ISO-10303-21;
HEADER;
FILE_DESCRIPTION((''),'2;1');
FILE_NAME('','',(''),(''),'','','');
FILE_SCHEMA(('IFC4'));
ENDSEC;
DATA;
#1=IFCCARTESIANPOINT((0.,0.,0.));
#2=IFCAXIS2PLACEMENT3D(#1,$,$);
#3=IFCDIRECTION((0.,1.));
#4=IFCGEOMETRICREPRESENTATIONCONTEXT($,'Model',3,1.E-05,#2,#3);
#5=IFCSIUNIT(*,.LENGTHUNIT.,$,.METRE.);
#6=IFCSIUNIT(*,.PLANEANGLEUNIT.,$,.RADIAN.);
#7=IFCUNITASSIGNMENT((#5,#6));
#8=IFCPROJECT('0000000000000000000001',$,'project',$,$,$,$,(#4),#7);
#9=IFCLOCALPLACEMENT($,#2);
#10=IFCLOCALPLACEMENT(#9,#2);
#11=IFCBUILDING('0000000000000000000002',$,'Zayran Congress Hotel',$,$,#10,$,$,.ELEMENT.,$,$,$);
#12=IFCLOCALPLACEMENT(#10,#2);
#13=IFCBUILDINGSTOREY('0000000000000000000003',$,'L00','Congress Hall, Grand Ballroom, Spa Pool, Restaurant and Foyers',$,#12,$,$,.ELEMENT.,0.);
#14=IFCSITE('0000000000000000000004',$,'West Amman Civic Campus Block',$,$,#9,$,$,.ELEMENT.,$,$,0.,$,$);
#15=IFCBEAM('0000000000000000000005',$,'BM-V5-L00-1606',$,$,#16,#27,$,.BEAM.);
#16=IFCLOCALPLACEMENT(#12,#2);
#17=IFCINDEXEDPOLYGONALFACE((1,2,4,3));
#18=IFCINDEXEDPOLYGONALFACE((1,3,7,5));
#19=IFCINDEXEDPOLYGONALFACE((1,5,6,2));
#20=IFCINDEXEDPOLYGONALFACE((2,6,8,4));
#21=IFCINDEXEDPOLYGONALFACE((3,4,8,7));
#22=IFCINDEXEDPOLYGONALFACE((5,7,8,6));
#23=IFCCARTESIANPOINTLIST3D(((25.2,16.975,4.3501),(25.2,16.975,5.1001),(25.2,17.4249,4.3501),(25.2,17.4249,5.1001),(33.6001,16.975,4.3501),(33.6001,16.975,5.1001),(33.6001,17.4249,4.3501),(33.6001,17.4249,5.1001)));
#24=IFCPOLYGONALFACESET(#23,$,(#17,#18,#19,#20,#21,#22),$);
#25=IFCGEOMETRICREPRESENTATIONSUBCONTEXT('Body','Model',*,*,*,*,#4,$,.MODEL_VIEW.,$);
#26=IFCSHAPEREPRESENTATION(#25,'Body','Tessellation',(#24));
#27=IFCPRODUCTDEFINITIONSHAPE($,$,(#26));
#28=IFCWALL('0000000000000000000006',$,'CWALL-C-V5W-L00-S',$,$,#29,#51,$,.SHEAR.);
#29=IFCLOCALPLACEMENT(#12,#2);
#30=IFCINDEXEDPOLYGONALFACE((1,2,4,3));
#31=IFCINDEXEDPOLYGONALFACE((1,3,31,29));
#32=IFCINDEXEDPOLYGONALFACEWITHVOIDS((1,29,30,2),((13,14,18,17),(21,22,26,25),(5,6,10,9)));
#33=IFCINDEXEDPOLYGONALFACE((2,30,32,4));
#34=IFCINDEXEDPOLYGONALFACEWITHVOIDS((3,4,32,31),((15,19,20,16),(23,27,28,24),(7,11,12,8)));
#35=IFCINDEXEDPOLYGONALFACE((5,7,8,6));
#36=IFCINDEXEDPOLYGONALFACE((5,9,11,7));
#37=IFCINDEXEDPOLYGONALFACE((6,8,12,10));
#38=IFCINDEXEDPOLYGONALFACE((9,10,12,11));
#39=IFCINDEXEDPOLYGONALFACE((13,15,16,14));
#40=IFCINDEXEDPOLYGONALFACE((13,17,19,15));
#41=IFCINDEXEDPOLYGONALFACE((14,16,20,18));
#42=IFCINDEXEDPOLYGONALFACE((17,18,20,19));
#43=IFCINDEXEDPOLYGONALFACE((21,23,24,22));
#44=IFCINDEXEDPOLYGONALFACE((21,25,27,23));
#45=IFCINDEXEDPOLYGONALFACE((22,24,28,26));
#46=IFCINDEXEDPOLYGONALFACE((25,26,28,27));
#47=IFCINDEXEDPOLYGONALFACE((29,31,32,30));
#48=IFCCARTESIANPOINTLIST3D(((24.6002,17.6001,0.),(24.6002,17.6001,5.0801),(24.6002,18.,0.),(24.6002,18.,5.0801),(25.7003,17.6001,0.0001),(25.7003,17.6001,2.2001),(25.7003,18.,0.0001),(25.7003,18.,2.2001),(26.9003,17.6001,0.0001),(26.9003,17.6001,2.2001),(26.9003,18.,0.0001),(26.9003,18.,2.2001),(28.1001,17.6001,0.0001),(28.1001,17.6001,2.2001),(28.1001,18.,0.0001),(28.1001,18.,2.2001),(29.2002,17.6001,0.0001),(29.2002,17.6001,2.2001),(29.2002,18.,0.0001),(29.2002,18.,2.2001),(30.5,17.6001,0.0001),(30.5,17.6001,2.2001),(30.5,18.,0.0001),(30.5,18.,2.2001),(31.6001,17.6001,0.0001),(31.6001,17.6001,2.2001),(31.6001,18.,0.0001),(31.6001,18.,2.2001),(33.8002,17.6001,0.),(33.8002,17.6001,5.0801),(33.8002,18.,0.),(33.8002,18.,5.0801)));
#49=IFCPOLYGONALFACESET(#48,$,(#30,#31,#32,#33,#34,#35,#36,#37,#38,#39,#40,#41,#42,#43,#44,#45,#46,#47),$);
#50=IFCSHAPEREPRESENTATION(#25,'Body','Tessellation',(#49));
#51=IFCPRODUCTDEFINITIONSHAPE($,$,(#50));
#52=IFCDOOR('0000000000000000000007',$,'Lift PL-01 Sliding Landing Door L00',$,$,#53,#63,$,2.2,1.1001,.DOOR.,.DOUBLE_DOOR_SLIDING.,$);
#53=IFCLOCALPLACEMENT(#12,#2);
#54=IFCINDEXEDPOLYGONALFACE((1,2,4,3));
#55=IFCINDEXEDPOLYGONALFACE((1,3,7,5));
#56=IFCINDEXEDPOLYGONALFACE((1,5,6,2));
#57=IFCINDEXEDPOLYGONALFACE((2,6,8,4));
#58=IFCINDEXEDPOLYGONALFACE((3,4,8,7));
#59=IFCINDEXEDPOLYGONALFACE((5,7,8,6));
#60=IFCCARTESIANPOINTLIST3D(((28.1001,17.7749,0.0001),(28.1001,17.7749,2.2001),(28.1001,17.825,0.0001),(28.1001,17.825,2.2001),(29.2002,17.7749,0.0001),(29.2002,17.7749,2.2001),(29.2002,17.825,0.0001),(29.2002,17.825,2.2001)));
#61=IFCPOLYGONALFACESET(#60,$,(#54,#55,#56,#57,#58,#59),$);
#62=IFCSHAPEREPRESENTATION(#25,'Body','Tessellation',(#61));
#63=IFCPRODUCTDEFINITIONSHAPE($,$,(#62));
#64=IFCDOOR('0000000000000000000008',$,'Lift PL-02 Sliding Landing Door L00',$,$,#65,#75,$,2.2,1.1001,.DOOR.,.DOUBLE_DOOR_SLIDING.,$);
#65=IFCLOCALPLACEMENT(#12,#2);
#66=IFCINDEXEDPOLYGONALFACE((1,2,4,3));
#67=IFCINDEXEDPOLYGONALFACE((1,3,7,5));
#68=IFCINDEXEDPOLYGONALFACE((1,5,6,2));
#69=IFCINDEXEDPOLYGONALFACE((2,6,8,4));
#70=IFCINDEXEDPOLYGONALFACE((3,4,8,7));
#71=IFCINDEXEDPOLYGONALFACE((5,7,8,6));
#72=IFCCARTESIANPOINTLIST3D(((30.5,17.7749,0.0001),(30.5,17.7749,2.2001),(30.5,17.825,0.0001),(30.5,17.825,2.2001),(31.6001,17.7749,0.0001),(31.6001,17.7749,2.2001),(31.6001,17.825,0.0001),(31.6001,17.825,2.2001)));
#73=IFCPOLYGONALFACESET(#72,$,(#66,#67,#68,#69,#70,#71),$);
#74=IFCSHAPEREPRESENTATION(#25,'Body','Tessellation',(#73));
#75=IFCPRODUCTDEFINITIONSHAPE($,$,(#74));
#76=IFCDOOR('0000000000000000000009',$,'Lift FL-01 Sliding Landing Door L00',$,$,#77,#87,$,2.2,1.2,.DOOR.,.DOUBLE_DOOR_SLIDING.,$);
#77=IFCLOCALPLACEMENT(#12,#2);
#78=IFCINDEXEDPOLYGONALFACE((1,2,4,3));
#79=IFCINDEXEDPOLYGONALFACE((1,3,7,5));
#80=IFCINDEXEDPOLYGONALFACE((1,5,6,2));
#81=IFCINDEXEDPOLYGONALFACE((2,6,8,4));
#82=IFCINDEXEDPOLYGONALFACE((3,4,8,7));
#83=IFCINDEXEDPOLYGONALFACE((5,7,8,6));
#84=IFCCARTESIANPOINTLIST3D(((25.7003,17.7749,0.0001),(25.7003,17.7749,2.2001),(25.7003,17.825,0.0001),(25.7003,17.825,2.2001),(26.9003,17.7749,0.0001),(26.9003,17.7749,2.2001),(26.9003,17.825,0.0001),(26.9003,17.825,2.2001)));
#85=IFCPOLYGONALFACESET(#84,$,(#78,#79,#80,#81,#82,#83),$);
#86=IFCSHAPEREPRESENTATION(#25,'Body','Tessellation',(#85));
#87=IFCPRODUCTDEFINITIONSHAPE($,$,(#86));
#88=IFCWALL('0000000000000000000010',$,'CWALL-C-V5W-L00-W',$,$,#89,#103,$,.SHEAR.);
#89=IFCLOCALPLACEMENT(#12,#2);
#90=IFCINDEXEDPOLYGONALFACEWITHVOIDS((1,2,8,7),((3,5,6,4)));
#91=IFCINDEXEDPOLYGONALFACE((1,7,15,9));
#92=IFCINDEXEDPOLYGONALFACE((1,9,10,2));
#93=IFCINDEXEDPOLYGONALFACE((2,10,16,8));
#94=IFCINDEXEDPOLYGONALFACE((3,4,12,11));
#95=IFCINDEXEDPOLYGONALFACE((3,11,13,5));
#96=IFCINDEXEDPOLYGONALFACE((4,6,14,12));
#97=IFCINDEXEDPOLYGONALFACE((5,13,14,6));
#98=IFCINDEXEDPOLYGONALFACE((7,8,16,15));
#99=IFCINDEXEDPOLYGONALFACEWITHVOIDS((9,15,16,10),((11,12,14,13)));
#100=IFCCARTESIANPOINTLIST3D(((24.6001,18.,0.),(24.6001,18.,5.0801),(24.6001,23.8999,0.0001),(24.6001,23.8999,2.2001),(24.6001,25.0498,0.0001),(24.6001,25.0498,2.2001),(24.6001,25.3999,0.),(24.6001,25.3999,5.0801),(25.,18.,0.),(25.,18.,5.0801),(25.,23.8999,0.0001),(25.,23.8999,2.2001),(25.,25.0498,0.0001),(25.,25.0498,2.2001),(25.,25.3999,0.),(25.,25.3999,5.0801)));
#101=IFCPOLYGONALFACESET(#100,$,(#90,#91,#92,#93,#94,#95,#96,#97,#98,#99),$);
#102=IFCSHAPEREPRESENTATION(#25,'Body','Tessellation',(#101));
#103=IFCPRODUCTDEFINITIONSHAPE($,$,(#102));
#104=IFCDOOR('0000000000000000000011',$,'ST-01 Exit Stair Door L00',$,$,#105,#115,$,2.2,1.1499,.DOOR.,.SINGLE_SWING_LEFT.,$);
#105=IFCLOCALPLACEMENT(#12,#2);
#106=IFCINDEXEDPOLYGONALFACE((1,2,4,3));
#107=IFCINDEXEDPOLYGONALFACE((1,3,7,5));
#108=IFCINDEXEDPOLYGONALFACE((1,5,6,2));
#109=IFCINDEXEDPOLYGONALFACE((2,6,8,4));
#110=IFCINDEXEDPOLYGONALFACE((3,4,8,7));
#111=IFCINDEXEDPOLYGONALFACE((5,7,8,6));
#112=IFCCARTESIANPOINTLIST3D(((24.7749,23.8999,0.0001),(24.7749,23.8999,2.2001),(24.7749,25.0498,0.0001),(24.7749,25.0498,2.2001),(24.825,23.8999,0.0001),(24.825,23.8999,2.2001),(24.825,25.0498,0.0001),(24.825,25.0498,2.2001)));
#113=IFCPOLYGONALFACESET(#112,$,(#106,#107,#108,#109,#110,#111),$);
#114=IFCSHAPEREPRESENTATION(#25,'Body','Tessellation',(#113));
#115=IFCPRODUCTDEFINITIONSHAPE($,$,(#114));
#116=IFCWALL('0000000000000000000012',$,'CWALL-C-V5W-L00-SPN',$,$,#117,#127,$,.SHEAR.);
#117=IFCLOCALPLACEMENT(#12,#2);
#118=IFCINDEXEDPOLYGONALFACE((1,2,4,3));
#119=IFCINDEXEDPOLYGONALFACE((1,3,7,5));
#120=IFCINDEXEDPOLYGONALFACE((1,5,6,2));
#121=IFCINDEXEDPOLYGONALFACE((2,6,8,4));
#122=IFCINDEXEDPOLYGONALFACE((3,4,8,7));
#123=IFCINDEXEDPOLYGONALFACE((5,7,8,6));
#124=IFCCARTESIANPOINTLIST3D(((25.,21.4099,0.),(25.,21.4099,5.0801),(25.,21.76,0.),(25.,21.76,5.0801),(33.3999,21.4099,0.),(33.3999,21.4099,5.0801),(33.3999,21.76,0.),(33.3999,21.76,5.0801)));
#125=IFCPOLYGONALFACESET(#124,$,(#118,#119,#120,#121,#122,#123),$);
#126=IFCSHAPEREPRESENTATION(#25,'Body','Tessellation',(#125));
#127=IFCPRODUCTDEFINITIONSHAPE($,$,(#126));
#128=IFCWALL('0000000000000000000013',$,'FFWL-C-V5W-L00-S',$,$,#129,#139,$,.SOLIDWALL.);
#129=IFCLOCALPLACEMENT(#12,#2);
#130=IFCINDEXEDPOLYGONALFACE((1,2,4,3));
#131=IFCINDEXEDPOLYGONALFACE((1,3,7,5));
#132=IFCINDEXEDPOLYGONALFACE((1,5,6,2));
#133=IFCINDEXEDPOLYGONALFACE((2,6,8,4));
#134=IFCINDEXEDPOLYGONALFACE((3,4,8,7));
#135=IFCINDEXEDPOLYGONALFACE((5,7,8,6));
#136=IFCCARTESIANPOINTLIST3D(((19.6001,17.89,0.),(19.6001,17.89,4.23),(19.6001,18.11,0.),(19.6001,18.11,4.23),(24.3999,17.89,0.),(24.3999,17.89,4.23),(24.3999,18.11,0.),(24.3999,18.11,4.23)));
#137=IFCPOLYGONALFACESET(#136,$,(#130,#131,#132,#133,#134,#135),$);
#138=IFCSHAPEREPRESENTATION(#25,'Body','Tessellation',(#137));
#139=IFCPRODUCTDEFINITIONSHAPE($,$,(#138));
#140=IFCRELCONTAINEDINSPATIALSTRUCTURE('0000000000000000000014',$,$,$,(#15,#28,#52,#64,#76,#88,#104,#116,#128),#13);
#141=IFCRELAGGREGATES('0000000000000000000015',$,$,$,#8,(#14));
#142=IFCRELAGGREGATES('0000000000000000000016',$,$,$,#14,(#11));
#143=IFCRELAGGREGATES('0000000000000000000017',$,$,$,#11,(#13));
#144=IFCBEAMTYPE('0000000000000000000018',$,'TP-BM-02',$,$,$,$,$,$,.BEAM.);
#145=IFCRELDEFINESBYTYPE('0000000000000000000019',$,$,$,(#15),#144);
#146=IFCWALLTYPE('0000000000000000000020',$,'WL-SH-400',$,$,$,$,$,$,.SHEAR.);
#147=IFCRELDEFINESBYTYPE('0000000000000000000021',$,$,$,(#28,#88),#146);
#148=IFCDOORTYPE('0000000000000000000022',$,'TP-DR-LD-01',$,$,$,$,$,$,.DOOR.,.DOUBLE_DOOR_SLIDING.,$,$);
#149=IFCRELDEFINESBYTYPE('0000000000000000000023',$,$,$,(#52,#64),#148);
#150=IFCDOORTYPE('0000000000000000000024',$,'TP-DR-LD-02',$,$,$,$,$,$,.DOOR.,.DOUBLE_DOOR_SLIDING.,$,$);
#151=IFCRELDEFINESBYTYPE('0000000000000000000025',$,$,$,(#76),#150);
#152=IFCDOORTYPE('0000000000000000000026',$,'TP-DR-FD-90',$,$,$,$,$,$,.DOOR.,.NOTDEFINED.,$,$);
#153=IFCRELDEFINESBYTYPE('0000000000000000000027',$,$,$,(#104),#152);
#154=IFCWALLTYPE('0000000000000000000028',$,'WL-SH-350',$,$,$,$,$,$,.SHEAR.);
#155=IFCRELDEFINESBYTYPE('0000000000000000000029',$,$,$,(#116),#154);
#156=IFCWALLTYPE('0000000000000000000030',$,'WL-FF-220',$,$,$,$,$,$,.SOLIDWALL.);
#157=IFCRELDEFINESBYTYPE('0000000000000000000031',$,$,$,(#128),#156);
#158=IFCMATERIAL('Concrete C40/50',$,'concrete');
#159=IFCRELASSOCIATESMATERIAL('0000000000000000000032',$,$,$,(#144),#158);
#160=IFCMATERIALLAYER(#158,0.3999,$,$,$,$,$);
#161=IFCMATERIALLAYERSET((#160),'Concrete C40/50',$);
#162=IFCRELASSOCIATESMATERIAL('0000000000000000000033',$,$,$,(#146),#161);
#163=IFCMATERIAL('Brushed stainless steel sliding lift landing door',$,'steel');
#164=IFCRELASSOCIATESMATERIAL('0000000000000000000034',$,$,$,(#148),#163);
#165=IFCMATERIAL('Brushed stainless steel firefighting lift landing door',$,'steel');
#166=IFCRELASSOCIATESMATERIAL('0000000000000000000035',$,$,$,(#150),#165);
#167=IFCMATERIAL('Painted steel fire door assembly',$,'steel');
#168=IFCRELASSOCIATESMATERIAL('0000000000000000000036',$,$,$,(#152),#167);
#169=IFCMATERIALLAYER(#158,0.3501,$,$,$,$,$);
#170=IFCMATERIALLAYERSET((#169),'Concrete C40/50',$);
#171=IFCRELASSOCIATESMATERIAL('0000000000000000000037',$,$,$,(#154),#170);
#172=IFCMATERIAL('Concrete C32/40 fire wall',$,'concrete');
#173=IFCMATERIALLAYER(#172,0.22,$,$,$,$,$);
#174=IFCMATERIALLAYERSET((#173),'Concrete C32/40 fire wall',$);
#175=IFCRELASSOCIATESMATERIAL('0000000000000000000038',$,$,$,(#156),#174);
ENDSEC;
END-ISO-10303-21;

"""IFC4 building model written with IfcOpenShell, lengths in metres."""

from ifc_helpers import new_model, si_unit, direction, frame, frame_2d, origin, origin_2d, place, context, subcontext, project, spatial, rectangle, extrude, material, layer, layer_set, material_profile, profile_set, type_object, element, fill, save


model = new_model("IFC4")

# Units and contexts
model_context = context("Model", 3, precision=1e-05, world=origin(), true_north=direction((0.0, 1.0)))
body_context = subcontext(model_context, "Body", "Model", "MODEL_VIEW")
ifc_project = project(units=[si_unit("LENGTHUNIT", "METRE"), si_unit("PLANEANGLEUNIT", "RADIAN")], contexts=[model_context])

# Site, building, storey
site_placement = place(None, origin())
site = spatial("IfcSite", under=ifc_project, at=site_placement, Name="West Amman Civic Campus Block", CompositionType="ELEMENT", RefElevation=0.0)
building_placement = place(site_placement, origin())
building = spatial("IfcBuilding", under=site, at=building_placement, Name="Zayran Congress Hotel", CompositionType="ELEMENT")
storey_placement = place(building_placement, origin())
storey = spatial("IfcBuildingStorey", under=building, at=storey_placement, Name="L00", Description="Congress Hall, Grand Ballroom, Spa Pool, Restaurant and Foyers", CompositionType="ELEMENT", Elevation=0.0)

# Beam
ifc_material_1 = material(Name="Concrete C40/50", Category="concrete")
ifc_material_profile = material_profile(ifc_material_1, rectangle(XDim=0.45, YDim=0.75, at=origin_2d()), Name="RC 450x750")
ifc_profile_set = profile_set([ifc_material_profile], Name="Concrete C40/50")
beam_type = type_object("IfcBeamType", Name="TP-BM-02", PredefinedType="BEAM", material=ifc_profile_set)
beam_placement = place(storey_placement, frame((25.2, 17.2, 4.7251), z_axis=(1.0, 0.0, 0.0), x_axis=(0.0, 1.0, 0.0)))
element("IfcBeam", 1, at=beam_placement, inside=storey, type_object=beam_type, Name="BM-V5-L00-1606", PredefinedType="BEAM", context=body_context, shape_type="SweptSolid", body=[
    extrude(rectangle(XDim=0.45, YDim=0.75, at=origin_2d()), origin(), (0.0, 0.0, 1.0), 8.4001),
])

# Wall, openings, doors
ifc_layer_1 = layer(ifc_material_1, 0.3999)
ifc_layer_set_1 = layer_set([ifc_layer_1], Name="Concrete C40/50")
wall_type_1 = type_object("IfcWallType", Name="WL-SH-400", PredefinedType="SHEAR", material=ifc_layer_set_1)
wall_1_placement = place(storey_placement, frame((24.6001, 17.8, 0.0), z_axis=(0.0, 0.0, 1.0), x_axis=(1.0, 0.0, 0.0)))
wall_1 = element("IfcWall", 2, at=wall_1_placement, inside=storey, type_object=wall_type_1, Name="CWALL-C-V5W-L00-S", PredefinedType="SHEAR", context=body_context, shape_type="SweptSolid", body=[
    extrude(rectangle(XDim=9.2, YDim=0.3999, at=frame_2d((4.6001, 0.0))), origin(), (0.0, 0.0, 1.0), 5.0801),
])
opening_1_placement = place(wall_1_placement, frame((1.1001, 0.0, 0.0)))
opening_1 = element("IfcOpeningElement", 3, at=opening_1_placement, cuts=wall_1, PredefinedType="OPENING", context=body_context, shape_type="SweptSolid", body=[
    extrude(rectangle(XDim=1.2, YDim=2.2, at=frame_2d((0.6001, 1.1001))), frame((0.0, 0.21, 0.0), z_axis=(0.0, -1.0, 0.0), x_axis=(1.0, 0.0, 0.0)), (0.0, 0.0, 1.0), 0.4199),
])
opening_2_placement = place(wall_1_placement, frame((3.5, 0.0, 0.0)))
opening_2 = element("IfcOpeningElement", 4, at=opening_2_placement, cuts=wall_1, PredefinedType="OPENING", context=body_context, shape_type="SweptSolid", body=[
    extrude(rectangle(XDim=1.1001, YDim=2.2, at=frame_2d((0.55, 1.1001))), frame((0.0, 0.21, 0.0), z_axis=(0.0, -1.0, 0.0), x_axis=(1.0, 0.0, 0.0)), (0.0, 0.0, 1.0), 0.4199),
])
opening_3_placement = place(wall_1_placement, frame((5.8999, 0.0, 0.0)))
opening_3 = element("IfcOpeningElement", 5, at=opening_3_placement, cuts=wall_1, PredefinedType="OPENING", context=body_context, shape_type="SweptSolid", body=[
    extrude(rectangle(XDim=1.1001, YDim=2.2, at=frame_2d((0.55, 1.1001))), frame((0.0, 0.21, 0.0), z_axis=(0.0, -1.0, 0.0), x_axis=(1.0, 0.0, 0.0)), (0.0, 0.0, 1.0), 0.4199),
])
ifc_material_2 = material(Name="Brushed stainless steel sliding lift landing door", Category="steel")
door_type_1 = type_object("IfcDoorType", Name="TP-DR-LD-01", OperationType="DOUBLE_DOOR_SLIDING", PredefinedType="DOOR", material=ifc_material_2)
door_1_placement = place(opening_2_placement, origin())
door_1 = element("IfcDoor", 6, at=door_1_placement, inside=storey, type_object=door_type_1, Name="Lift PL-01 Sliding Landing Door L00", OperationType="DOUBLE_DOOR_SLIDING", OverallHeight=2.2, OverallWidth=1.1001, PredefinedType="DOOR", context=body_context, shape_type="SweptSolid", body=[
    extrude(rectangle(XDim=1.1001, YDim=2.2, at=frame_2d((0.55, 1.1001))), frame((0.0, 0.0249, 0.0), z_axis=(0.0, -1.0, 0.0), x_axis=(1.0, 0.0, 0.0)), (0.0, 0.0, 1.0), 0.05),
])
fill(opening_2, door_1)
door_2_placement = place(opening_3_placement, origin())
door_2 = element("IfcDoor", 7, at=door_2_placement, inside=storey, type_object=door_type_1, Name="Lift PL-02 Sliding Landing Door L00", OperationType="DOUBLE_DOOR_SLIDING", OverallHeight=2.2, OverallWidth=1.1001, PredefinedType="DOOR", context=body_context, shape_type="SweptSolid", body=[
    extrude(rectangle(XDim=1.1001, YDim=2.2, at=frame_2d((0.55, 1.1001))), frame((0.0, 0.0249, 0.0), z_axis=(0.0, -1.0, 0.0), x_axis=(1.0, 0.0, 0.0)), (0.0, 0.0, 1.0), 0.05),
])
fill(opening_3, door_2)
ifc_material_3 = material(Name="Brushed stainless steel firefighting lift landing door", Category="steel")
door_type_2 = type_object("IfcDoorType", Name="TP-DR-LD-02", OperationType="DOUBLE_DOOR_SLIDING", PredefinedType="DOOR", material=ifc_material_3)
door_3_placement = place(opening_1_placement, origin())
door_3 = element("IfcDoor", 8, at=door_3_placement, inside=storey, type_object=door_type_2, Name="Lift FL-01 Sliding Landing Door L00", OperationType="DOUBLE_DOOR_SLIDING", OverallHeight=2.2, OverallWidth=1.2, PredefinedType="DOOR", context=body_context, shape_type="SweptSolid", body=[
    extrude(rectangle(XDim=1.2, YDim=2.2, at=frame_2d((0.6001, 1.1001))), frame((0.0, 0.0249, 0.0), z_axis=(0.0, -1.0, 0.0), x_axis=(1.0, 0.0, 0.0)), (0.0, 0.0, 1.0), 0.05),
])
fill(opening_1, door_3)

# Wall, opening, door
wall_2_placement = place(storey_placement, frame((24.8, 25.3999, 0.0), z_axis=(0.0, 0.0, 1.0), x_axis=(0.0, -1.0, 0.0)))
wall_2 = element("IfcWall", 9, at=wall_2_placement, inside=storey, type_object=wall_type_1, Name="CWALL-C-V5W-L00-W", PredefinedType="SHEAR", context=body_context, shape_type="SweptSolid", body=[
    extrude(rectangle(XDim=7.3999, YDim=0.3999, at=frame_2d((3.7, 0.0))), origin(), (0.0, 0.0, 1.0), 5.0801),
])
opening_4_placement = place(wall_2_placement, frame((0.3501, 0.0, 0.0)))
opening_4 = element("IfcOpeningElement", 10, at=opening_4_placement, cuts=wall_2, PredefinedType="OPENING", context=body_context, shape_type="SweptSolid", body=[
    extrude(rectangle(XDim=1.1499, YDim=2.2, at=frame_2d((0.575, 1.1001))), frame((0.0, 0.21, 0.0), z_axis=(0.0, -1.0, 0.0), x_axis=(1.0, 0.0, 0.0)), (0.0, 0.0, 1.0), 0.4199),
])
ifc_material_4 = material(Name="Painted steel fire door assembly", Category="steel")
door_type_3 = type_object("IfcDoorType", Name="TP-DR-FD-90", OperationType="NOTDEFINED", PredefinedType="DOOR", material=ifc_material_4)
door_4_placement = place(opening_4_placement, origin())
door_4 = element("IfcDoor", 11, at=door_4_placement, inside=storey, type_object=door_type_3, Name="ST-01 Exit Stair Door L00", OperationType="SINGLE_SWING_LEFT", OverallHeight=2.2, OverallWidth=1.1499, PredefinedType="DOOR", context=body_context, shape_type="SweptSolid", body=[
    extrude(rectangle(XDim=1.1499, YDim=2.2, at=frame_2d((0.575, 1.1001))), frame((0.0, 0.0249, 0.0), z_axis=(0.0, -1.0, 0.0), x_axis=(1.0, 0.0, 0.0)), (0.0, 0.0, 1.0), 0.05),
])
fill(opening_4, door_4)

# Walls
ifc_layer_2 = layer(ifc_material_1, 0.3501)
ifc_layer_set_2 = layer_set([ifc_layer_2], Name="Concrete C40/50")
wall_type_2 = type_object("IfcWallType", Name="WL-SH-350", PredefinedType="SHEAR", material=ifc_layer_set_2)
wall_3_placement = place(storey_placement, frame((25.0, 21.585, 0.0), z_axis=(0.0, 0.0, 1.0), x_axis=(1.0, 0.0, 0.0)))
element("IfcWall", 12, at=wall_3_placement, inside=storey, type_object=wall_type_2, Name="CWALL-C-V5W-L00-SPN", PredefinedType="SHEAR", context=body_context, shape_type="SweptSolid", body=[
    extrude(rectangle(XDim=8.3999, YDim=0.3501, at=frame_2d((4.2, 0.0))), origin(), (0.0, 0.0, 1.0), 5.0801),
])
ifc_material_5 = material(Name="Concrete C32/40 fire wall", Category="concrete")
ifc_layer_3 = layer(ifc_material_5, 0.22)
ifc_layer_set_3 = layer_set([ifc_layer_3], Name="Concrete C32/40 fire wall")
wall_type_3 = type_object("IfcWallType", Name="WL-FF-220", PredefinedType="SOLIDWALL", material=ifc_layer_set_3)
wall_4_placement = place(storey_placement, frame((19.6001, 18.0, 0.0), z_axis=(0.0, 0.0, 1.0), x_axis=(1.0, 0.0, 0.0)))
element("IfcWall", 13, at=wall_4_placement, inside=storey, type_object=wall_type_3, Name="FFWL-C-V5W-L00-S", PredefinedType="SOLIDWALL", context=body_context, shape_type="SweptSolid", body=[
    extrude(rectangle(XDim=4.7998, YDim=0.22, at=frame_2d((2.3999, 0.0))), origin(), (0.0, 0.0, 1.0), 4.23),
])

save(model, "model.ifc")
